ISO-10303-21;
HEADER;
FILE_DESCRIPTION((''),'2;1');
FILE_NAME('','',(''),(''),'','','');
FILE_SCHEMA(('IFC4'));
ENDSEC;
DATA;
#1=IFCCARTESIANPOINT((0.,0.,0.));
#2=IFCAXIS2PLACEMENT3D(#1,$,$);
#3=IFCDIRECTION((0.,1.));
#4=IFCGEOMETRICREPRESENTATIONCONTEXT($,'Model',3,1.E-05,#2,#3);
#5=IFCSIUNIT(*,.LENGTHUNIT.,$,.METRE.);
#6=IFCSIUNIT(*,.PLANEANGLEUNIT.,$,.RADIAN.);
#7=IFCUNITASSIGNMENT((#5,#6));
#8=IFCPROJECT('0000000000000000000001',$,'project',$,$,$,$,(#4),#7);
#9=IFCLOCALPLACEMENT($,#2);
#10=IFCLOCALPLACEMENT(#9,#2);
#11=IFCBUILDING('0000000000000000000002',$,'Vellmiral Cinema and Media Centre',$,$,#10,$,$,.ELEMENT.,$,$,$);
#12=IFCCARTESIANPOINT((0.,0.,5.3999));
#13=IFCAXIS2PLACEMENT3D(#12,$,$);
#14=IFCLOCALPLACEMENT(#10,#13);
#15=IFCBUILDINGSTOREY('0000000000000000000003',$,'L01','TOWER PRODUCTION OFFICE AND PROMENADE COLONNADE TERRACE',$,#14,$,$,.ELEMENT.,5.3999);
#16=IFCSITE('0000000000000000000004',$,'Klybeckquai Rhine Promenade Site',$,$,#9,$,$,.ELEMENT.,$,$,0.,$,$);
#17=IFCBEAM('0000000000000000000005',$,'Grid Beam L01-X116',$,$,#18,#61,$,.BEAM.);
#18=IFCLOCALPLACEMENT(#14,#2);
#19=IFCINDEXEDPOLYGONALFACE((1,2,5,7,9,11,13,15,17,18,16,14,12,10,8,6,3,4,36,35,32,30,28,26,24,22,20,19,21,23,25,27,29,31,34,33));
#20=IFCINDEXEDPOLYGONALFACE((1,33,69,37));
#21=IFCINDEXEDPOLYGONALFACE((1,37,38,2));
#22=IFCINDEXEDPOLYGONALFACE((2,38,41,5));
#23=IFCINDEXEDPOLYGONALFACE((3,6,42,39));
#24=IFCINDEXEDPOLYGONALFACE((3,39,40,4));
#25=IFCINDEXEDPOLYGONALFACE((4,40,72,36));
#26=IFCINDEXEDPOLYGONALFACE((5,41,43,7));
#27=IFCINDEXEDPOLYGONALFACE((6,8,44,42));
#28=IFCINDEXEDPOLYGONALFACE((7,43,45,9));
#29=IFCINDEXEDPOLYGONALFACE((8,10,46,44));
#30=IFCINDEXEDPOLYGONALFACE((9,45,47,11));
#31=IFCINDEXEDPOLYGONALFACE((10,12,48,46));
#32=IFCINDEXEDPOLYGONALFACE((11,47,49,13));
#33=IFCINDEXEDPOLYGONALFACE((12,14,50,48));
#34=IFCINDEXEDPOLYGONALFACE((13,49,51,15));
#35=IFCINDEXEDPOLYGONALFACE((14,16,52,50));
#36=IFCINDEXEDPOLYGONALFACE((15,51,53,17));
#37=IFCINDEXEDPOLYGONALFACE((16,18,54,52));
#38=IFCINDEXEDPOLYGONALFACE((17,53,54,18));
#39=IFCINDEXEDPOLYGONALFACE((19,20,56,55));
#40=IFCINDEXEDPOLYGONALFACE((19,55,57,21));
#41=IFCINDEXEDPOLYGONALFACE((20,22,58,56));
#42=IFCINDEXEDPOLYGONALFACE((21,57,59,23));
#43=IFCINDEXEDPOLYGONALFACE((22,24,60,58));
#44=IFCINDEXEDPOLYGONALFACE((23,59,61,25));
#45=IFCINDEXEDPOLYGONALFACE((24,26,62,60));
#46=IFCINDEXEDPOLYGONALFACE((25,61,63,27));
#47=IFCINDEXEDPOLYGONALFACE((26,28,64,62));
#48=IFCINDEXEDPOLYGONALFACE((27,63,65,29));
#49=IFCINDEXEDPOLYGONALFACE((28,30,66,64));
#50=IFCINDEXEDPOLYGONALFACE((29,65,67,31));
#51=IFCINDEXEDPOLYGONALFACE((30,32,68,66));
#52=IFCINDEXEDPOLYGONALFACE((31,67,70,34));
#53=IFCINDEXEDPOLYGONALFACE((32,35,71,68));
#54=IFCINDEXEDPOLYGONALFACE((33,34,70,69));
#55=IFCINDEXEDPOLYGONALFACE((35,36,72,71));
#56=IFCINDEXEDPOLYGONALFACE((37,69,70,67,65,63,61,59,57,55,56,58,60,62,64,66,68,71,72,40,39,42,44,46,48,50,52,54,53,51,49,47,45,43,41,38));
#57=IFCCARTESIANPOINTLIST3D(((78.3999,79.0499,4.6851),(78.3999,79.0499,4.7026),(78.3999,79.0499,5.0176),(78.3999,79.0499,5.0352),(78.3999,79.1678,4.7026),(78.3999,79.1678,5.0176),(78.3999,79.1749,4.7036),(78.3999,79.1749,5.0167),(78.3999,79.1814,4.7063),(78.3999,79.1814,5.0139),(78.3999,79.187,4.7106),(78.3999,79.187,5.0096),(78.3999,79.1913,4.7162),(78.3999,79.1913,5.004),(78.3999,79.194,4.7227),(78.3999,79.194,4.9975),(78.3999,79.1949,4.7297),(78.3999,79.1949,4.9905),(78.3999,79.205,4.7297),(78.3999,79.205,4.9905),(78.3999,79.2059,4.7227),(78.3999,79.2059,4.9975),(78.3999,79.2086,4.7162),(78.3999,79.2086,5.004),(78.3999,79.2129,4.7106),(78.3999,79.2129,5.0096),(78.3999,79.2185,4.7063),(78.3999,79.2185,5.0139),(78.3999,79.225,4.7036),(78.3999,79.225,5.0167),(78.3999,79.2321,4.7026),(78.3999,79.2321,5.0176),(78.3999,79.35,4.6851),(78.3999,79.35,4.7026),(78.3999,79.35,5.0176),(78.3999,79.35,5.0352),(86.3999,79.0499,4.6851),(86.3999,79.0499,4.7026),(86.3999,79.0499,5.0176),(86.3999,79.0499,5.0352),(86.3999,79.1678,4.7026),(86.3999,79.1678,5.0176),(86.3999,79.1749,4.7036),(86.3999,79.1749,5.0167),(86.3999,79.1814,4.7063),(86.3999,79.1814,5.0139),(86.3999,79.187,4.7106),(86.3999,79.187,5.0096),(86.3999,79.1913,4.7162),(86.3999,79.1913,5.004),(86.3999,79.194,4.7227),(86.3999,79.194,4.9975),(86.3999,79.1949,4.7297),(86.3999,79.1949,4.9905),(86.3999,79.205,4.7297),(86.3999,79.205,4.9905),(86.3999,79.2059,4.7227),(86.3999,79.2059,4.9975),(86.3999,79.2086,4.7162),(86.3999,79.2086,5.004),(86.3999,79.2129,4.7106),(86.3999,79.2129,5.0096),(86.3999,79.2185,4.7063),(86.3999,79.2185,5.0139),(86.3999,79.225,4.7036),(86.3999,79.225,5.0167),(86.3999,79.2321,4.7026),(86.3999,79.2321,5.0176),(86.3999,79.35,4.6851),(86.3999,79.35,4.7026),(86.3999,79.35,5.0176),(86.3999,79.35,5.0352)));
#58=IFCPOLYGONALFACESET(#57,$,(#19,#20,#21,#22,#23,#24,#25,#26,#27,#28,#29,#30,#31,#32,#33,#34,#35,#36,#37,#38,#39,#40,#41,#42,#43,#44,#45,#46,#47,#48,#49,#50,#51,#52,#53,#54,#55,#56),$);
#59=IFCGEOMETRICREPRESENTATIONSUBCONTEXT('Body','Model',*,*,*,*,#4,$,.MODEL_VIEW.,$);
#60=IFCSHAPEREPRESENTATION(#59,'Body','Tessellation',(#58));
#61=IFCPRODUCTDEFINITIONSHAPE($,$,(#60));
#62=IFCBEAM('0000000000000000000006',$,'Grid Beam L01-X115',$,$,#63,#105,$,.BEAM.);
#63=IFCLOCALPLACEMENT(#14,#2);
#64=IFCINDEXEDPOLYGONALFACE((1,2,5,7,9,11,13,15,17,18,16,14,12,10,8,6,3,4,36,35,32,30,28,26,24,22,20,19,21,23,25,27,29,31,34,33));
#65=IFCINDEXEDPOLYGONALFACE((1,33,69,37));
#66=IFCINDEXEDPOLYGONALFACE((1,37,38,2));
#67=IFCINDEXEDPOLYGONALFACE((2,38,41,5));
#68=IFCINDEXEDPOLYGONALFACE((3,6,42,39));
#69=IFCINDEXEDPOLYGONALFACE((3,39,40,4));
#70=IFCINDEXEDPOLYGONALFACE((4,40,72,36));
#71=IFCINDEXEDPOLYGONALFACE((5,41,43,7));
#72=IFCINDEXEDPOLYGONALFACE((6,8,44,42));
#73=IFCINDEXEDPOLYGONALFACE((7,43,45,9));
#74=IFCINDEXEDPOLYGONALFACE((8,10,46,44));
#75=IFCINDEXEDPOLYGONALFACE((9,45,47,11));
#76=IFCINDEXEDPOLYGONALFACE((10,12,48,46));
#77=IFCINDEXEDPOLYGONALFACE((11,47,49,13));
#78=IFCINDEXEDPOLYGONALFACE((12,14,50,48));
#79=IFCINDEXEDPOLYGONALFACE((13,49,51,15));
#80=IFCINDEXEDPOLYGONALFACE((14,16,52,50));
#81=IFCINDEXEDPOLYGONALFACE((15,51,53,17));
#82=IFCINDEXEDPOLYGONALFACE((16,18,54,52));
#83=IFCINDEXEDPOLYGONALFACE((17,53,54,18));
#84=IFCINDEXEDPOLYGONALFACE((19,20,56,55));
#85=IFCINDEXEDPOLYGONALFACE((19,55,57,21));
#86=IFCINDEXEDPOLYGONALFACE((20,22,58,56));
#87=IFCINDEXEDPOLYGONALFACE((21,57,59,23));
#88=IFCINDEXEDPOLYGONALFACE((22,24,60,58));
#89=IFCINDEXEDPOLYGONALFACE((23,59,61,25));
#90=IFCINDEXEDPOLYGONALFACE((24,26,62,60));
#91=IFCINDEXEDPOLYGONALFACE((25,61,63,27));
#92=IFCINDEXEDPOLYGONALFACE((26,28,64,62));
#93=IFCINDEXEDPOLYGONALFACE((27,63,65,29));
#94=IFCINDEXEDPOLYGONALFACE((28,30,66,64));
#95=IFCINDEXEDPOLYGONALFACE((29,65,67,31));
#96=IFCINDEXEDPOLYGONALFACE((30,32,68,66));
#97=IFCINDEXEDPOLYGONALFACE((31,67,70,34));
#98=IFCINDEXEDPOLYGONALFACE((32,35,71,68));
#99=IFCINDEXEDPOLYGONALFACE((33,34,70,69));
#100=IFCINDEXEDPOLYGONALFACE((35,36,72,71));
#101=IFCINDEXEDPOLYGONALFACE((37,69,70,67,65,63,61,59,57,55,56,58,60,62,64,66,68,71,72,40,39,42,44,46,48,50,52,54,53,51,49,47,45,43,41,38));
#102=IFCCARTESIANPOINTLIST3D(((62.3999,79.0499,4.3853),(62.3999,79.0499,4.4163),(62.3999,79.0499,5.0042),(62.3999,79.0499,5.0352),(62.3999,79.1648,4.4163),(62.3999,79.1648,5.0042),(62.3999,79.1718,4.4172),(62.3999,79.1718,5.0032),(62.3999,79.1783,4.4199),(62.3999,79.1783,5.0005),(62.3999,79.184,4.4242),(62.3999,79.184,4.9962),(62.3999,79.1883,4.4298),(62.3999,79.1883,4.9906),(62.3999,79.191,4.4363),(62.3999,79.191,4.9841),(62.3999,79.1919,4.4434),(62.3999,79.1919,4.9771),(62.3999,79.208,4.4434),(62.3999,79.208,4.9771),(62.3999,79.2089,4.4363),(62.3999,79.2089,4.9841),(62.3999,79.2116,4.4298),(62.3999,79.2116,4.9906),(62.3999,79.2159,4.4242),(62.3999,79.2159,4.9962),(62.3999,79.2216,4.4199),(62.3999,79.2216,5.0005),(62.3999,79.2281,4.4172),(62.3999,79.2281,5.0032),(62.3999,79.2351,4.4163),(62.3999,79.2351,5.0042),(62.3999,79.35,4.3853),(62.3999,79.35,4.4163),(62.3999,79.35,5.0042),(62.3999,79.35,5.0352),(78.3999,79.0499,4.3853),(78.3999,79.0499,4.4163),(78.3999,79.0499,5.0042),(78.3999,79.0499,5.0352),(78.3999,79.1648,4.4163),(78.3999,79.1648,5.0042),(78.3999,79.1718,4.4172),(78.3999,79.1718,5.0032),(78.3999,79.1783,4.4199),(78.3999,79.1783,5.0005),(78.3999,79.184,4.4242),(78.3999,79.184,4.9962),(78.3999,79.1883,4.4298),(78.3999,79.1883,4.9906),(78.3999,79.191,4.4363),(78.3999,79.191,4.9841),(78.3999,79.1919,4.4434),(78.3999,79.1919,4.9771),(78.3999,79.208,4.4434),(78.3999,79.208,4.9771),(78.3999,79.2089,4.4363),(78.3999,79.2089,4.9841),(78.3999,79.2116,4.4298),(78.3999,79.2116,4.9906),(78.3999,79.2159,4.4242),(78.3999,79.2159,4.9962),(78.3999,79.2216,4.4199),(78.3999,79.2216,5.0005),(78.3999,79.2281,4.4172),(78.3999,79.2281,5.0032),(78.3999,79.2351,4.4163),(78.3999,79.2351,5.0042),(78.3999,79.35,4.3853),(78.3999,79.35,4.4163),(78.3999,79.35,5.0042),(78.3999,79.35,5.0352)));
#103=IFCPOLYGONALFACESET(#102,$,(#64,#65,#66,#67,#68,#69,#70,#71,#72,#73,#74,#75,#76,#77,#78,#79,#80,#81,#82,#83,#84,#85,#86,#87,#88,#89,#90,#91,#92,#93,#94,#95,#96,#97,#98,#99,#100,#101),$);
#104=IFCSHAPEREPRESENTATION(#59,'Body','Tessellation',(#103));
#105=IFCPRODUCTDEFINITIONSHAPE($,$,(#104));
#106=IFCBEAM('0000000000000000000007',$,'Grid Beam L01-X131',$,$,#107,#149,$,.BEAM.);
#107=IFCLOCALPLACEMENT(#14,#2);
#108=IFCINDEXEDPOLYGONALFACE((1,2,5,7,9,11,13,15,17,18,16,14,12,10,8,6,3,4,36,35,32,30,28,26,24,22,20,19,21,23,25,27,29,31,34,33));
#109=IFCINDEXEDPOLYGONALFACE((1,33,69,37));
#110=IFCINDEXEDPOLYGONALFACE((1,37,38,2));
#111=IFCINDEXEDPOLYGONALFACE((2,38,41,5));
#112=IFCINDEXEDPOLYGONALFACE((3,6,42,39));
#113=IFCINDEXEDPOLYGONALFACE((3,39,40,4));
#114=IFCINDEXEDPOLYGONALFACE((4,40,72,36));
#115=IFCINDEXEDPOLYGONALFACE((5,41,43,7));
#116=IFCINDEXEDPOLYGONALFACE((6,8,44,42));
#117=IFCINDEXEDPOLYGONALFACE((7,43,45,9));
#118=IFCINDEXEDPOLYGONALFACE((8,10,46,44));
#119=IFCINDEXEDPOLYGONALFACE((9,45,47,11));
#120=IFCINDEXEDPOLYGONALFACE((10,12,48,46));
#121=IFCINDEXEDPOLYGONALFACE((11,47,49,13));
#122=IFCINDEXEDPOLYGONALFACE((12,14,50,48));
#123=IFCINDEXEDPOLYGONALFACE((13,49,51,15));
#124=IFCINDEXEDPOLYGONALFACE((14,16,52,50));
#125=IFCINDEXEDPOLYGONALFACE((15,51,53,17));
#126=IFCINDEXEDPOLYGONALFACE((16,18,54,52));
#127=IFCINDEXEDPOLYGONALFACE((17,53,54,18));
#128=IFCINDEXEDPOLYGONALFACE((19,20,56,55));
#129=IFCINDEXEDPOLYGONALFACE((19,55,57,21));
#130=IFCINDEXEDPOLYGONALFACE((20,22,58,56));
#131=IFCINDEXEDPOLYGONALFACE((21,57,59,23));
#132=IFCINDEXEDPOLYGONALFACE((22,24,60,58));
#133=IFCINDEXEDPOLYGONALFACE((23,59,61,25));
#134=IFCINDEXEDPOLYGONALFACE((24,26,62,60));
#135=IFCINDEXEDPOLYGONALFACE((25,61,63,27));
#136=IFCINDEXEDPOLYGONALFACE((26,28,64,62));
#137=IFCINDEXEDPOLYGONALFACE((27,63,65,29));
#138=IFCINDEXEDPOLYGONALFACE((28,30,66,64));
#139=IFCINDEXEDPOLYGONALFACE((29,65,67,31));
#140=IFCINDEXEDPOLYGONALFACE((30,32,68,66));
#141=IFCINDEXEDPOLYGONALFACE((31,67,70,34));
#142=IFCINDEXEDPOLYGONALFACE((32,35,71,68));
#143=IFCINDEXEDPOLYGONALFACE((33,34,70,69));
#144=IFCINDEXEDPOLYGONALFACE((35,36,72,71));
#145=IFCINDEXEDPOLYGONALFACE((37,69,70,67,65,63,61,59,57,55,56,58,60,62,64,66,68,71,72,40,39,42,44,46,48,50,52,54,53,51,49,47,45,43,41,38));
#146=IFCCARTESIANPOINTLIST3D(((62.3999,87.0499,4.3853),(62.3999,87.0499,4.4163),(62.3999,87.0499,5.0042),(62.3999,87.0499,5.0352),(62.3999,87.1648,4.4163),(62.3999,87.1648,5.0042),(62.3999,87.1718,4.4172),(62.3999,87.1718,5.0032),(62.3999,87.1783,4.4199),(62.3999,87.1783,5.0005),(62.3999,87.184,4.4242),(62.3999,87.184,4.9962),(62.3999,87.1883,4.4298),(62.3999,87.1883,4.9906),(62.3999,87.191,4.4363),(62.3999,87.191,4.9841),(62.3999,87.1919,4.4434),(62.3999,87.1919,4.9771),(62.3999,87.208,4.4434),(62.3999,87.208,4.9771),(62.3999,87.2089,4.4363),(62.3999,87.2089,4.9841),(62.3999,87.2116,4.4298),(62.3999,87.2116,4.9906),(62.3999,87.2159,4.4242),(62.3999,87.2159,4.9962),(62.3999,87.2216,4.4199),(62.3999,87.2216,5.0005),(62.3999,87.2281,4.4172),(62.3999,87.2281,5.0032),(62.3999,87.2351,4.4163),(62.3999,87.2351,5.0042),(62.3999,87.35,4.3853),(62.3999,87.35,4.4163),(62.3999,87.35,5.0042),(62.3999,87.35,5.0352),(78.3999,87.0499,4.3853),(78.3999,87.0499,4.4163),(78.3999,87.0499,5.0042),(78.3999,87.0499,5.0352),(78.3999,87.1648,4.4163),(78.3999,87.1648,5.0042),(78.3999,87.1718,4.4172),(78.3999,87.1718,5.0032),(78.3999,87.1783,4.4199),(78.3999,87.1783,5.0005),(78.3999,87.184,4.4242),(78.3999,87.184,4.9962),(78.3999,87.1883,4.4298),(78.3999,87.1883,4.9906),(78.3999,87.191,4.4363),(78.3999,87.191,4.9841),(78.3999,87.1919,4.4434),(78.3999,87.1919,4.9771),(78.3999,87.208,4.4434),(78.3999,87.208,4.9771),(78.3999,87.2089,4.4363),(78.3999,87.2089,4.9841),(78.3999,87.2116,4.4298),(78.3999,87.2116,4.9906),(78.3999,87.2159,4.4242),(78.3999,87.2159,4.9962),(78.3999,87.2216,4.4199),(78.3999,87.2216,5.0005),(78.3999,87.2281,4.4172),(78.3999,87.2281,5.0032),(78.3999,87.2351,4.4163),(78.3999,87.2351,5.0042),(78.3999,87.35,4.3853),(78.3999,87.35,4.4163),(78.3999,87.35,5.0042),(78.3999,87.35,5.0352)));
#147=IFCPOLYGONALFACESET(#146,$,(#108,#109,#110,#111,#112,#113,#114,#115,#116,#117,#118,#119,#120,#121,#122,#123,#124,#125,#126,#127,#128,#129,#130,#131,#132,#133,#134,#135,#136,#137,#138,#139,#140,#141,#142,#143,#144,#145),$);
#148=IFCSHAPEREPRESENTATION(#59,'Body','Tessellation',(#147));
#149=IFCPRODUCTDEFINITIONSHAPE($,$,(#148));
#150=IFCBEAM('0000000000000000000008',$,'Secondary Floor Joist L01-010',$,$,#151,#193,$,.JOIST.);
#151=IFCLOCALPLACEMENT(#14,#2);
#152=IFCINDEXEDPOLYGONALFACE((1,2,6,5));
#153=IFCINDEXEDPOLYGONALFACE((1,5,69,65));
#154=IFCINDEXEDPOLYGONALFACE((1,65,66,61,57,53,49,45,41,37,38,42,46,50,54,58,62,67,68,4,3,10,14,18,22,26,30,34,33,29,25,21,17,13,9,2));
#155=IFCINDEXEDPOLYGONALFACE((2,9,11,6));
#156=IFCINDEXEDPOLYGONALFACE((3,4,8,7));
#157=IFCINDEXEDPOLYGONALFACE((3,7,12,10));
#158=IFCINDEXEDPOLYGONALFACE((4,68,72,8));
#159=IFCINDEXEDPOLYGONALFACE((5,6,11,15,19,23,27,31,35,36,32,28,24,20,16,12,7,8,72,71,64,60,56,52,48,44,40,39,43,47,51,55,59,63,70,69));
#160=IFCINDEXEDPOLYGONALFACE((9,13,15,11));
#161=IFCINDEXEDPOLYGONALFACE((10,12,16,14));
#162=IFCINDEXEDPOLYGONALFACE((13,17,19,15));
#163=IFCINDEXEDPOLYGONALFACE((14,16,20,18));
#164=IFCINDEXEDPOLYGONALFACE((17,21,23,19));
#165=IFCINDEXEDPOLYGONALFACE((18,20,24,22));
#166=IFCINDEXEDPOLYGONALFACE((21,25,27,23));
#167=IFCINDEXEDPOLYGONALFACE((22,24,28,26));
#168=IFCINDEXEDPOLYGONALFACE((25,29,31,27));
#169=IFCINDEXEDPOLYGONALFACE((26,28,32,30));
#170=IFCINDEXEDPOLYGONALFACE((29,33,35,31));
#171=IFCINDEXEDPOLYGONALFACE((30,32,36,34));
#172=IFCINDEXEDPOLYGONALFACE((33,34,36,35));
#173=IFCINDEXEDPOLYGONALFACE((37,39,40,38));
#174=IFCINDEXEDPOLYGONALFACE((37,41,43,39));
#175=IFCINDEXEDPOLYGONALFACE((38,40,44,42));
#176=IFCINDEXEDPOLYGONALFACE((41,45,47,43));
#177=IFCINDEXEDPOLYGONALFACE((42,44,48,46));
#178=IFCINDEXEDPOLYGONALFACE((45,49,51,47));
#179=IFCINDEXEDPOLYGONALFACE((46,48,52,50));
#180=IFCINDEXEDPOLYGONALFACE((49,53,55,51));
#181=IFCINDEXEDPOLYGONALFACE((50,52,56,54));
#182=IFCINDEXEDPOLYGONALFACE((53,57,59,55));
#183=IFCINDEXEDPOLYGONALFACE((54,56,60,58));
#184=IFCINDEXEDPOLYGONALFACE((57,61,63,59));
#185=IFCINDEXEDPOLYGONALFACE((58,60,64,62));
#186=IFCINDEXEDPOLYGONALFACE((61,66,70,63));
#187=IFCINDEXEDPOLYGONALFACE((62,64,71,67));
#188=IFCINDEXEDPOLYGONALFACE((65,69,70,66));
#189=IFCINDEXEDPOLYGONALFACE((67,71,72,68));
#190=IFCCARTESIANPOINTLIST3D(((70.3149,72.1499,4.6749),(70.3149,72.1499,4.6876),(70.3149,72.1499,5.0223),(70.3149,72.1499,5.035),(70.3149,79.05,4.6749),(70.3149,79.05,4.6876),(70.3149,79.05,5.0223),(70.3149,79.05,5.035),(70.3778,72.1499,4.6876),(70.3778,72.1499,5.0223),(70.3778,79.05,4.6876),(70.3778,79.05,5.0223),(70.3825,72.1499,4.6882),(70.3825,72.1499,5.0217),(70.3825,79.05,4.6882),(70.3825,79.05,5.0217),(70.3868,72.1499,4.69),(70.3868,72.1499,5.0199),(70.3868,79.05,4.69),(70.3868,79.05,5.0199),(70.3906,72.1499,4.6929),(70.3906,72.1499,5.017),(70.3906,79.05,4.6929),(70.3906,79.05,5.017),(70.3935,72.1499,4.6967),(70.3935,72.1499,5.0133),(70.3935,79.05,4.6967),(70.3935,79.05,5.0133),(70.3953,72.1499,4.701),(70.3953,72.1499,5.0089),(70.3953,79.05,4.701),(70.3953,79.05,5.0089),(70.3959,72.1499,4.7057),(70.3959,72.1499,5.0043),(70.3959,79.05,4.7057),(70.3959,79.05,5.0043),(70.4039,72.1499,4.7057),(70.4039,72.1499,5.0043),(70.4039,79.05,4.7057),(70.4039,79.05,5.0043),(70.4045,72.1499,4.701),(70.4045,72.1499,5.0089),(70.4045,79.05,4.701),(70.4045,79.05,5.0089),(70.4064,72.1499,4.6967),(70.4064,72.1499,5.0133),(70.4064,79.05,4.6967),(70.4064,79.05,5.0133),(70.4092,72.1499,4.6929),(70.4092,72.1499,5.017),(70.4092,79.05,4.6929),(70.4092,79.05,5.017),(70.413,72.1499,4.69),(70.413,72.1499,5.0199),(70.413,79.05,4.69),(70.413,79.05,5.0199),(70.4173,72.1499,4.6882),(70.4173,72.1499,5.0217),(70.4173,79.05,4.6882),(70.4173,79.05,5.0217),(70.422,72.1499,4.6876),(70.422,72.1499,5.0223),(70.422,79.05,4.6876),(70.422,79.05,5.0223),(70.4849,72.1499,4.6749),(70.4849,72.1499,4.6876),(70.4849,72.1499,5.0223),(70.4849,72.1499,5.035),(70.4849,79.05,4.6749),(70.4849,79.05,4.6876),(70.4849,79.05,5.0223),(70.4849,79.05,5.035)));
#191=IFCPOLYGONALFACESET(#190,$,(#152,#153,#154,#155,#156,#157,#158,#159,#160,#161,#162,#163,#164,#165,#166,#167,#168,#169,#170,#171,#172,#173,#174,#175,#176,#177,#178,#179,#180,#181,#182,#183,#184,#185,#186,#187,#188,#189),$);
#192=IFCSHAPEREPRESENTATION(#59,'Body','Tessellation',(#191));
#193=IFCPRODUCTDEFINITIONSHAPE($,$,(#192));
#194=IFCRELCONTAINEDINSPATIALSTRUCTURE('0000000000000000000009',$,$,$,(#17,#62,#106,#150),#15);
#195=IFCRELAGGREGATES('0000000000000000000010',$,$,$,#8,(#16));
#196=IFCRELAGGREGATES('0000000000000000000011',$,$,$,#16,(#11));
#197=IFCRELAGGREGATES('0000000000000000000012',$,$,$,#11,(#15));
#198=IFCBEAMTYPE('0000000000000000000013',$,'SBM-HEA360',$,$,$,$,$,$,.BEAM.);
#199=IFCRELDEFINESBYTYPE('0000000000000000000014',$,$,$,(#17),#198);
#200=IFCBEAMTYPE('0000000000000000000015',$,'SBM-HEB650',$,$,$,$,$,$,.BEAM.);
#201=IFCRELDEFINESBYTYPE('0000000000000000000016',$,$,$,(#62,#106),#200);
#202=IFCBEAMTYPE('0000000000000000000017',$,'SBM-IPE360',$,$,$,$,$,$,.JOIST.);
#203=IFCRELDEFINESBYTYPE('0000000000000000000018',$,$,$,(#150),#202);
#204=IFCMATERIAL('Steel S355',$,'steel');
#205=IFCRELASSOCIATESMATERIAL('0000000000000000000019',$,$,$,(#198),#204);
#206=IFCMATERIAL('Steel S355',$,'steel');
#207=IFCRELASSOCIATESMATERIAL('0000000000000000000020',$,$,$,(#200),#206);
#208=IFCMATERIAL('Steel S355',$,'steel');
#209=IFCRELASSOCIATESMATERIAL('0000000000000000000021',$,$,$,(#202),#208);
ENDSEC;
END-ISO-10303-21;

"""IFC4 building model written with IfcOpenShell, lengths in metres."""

from ifc_helpers import new_model, si_unit, direction, frame, origin, origin_2d, place, context, subcontext, project, spatial, i_section, extrude, material, material_profile, profile_set, type_object, element, save


model = new_model("IFC4")

# Units and contexts
model_context = context("Model", 3, precision=1e-05, world=origin(), true_north=direction((0.0, 1.0)))
body_context = subcontext(model_context, "Body", "Model", "MODEL_VIEW")
ifc_project = project(units=[si_unit("LENGTHUNIT", "METRE"), si_unit("PLANEANGLEUNIT", "RADIAN")], contexts=[model_context])

# Site, building, storey
site_placement = place(None, origin())
site = spatial("IfcSite", under=ifc_project, at=site_placement, Name="Klybeckquai Rhine Promenade Site", CompositionType="ELEMENT", RefElevation=0.0)
building_placement = place(site_placement, origin())
building = spatial("IfcBuilding", under=site, at=building_placement, Name="Vellmiral Cinema and Media Centre", CompositionType="ELEMENT")
storey_placement = place(building_placement, frame((0.0, 0.0, 5.3999)))
storey = spatial("IfcBuildingStorey", under=building, at=storey_placement, Name="L01", Description="TOWER PRODUCTION OFFICE AND PROMENADE COLONNADE TERRACE", CompositionType="ELEMENT", Elevation=5.3999)

# Beams
ifc_material_1 = material(Name="Steel S355", Category="steel")
ifc_material_profile_1 = material_profile(ifc_material_1, i_section(OverallWidth=0.3, OverallDepth=0.3501, WebThickness=0.01, FlangeThickness=0.0176, FilletRadius=0.0271, at=origin_2d()), Name="HEA 360")
ifc_profile_set_1 = profile_set([ifc_material_profile_1], Name="Steel S355")
beam_type_1 = type_object("IfcBeamType", Name="SBM-HEA360", PredefinedType="BEAM", material=ifc_profile_set_1)
for number, where, z_axis, x_axis, name in (
    (1, (78.3999, 79.2, 4.8601), (1.0, 0.0, 0.0), (0.0, 1.0, 0.0), "Grid Beam L01-X116"),
):
    element("IfcBeam", number, at=place(storey_placement, frame(where, z_axis=z_axis, x_axis=x_axis)), inside=storey, type_object=beam_type_1, Name=name, PredefinedType="BEAM", context=body_context, shape_type="SweptSolid", body=[
        extrude(i_section(OverallWidth=0.3, OverallDepth=0.3501, WebThickness=0.01, FlangeThickness=0.0176, FilletRadius=0.0271, at=origin_2d()), origin(), (0.0, 0.0, 1.0), 8.0),
    ])
ifc_material_2 = material(Name="Steel S355", Category="steel")
ifc_material_profile_2 = material_profile(ifc_material_2, i_section(OverallWidth=0.3, OverallDepth=0.6499, WebThickness=0.0161, FlangeThickness=0.031, FilletRadius=0.0271, at=origin_2d()), Name="HEB 650")
ifc_profile_set_2 = profile_set([ifc_material_profile_2], Name="Steel S355")
beam_type_2 = type_object("IfcBeamType", Name="SBM-HEB650", PredefinedType="BEAM", material=ifc_profile_set_2)
for number, where, z_axis, x_axis, name in (
    (2, (62.3999, 79.2, 4.7102), (1.0, 0.0, 0.0), (0.0, 1.0, 0.0), "Grid Beam L01-X115"),
    (3, (62.3999, 87.2, 4.7102), (1.0, 0.0, 0.0), (0.0, 1.0, 0.0), "Grid Beam L01-X131"),
):
    element("IfcBeam", number, at=place(storey_placement, frame(where, z_axis=z_axis, x_axis=x_axis)), inside=storey, type_object=beam_type_2, Name=name, PredefinedType="BEAM", context=body_context, shape_type="SweptSolid", body=[
        extrude(i_section(OverallWidth=0.3, OverallDepth=0.6499, WebThickness=0.0161, FlangeThickness=0.031, FilletRadius=0.0271, at=origin_2d()), origin(), (0.0, 0.0, 1.0), 16.0),
    ])
ifc_material_3 = material(Name="Steel S355", Category="steel")
ifc_material_profile_3 = material_profile(ifc_material_3, i_section(OverallWidth=0.1699, OverallDepth=0.3601, WebThickness=0.0081, FlangeThickness=0.0127, FilletRadius=0.0181, at=origin_2d()), Name="IPE 360")
ifc_profile_set_3 = profile_set([ifc_material_profile_3], Name="Steel S355")
beam_type_3 = type_object("IfcBeamType", Name="SBM-IPE360", PredefinedType="JOIST", material=ifc_profile_set_3)
beam_1_placement = place(storey_placement, frame((70.3999, 72.1499, 4.855), z_axis=(0.0, 1.0, 0.0), x_axis=(-1.0, 0.0, 0.0)))
element("IfcBeam", 4, at=beam_1_placement, inside=storey, type_object=beam_type_3, Name="Secondary Floor Joist L01-010", PredefinedType="JOIST", context=body_context, shape_type="SweptSolid", body=[
    extrude(i_section(OverallWidth=0.1699, OverallDepth=0.3601, WebThickness=0.0081, FlangeThickness=0.0127, FilletRadius=0.0181, at=origin_2d()), origin(), (0.0, 0.0, 1.0), 6.9001),
])

save(model, "model.ifc")
